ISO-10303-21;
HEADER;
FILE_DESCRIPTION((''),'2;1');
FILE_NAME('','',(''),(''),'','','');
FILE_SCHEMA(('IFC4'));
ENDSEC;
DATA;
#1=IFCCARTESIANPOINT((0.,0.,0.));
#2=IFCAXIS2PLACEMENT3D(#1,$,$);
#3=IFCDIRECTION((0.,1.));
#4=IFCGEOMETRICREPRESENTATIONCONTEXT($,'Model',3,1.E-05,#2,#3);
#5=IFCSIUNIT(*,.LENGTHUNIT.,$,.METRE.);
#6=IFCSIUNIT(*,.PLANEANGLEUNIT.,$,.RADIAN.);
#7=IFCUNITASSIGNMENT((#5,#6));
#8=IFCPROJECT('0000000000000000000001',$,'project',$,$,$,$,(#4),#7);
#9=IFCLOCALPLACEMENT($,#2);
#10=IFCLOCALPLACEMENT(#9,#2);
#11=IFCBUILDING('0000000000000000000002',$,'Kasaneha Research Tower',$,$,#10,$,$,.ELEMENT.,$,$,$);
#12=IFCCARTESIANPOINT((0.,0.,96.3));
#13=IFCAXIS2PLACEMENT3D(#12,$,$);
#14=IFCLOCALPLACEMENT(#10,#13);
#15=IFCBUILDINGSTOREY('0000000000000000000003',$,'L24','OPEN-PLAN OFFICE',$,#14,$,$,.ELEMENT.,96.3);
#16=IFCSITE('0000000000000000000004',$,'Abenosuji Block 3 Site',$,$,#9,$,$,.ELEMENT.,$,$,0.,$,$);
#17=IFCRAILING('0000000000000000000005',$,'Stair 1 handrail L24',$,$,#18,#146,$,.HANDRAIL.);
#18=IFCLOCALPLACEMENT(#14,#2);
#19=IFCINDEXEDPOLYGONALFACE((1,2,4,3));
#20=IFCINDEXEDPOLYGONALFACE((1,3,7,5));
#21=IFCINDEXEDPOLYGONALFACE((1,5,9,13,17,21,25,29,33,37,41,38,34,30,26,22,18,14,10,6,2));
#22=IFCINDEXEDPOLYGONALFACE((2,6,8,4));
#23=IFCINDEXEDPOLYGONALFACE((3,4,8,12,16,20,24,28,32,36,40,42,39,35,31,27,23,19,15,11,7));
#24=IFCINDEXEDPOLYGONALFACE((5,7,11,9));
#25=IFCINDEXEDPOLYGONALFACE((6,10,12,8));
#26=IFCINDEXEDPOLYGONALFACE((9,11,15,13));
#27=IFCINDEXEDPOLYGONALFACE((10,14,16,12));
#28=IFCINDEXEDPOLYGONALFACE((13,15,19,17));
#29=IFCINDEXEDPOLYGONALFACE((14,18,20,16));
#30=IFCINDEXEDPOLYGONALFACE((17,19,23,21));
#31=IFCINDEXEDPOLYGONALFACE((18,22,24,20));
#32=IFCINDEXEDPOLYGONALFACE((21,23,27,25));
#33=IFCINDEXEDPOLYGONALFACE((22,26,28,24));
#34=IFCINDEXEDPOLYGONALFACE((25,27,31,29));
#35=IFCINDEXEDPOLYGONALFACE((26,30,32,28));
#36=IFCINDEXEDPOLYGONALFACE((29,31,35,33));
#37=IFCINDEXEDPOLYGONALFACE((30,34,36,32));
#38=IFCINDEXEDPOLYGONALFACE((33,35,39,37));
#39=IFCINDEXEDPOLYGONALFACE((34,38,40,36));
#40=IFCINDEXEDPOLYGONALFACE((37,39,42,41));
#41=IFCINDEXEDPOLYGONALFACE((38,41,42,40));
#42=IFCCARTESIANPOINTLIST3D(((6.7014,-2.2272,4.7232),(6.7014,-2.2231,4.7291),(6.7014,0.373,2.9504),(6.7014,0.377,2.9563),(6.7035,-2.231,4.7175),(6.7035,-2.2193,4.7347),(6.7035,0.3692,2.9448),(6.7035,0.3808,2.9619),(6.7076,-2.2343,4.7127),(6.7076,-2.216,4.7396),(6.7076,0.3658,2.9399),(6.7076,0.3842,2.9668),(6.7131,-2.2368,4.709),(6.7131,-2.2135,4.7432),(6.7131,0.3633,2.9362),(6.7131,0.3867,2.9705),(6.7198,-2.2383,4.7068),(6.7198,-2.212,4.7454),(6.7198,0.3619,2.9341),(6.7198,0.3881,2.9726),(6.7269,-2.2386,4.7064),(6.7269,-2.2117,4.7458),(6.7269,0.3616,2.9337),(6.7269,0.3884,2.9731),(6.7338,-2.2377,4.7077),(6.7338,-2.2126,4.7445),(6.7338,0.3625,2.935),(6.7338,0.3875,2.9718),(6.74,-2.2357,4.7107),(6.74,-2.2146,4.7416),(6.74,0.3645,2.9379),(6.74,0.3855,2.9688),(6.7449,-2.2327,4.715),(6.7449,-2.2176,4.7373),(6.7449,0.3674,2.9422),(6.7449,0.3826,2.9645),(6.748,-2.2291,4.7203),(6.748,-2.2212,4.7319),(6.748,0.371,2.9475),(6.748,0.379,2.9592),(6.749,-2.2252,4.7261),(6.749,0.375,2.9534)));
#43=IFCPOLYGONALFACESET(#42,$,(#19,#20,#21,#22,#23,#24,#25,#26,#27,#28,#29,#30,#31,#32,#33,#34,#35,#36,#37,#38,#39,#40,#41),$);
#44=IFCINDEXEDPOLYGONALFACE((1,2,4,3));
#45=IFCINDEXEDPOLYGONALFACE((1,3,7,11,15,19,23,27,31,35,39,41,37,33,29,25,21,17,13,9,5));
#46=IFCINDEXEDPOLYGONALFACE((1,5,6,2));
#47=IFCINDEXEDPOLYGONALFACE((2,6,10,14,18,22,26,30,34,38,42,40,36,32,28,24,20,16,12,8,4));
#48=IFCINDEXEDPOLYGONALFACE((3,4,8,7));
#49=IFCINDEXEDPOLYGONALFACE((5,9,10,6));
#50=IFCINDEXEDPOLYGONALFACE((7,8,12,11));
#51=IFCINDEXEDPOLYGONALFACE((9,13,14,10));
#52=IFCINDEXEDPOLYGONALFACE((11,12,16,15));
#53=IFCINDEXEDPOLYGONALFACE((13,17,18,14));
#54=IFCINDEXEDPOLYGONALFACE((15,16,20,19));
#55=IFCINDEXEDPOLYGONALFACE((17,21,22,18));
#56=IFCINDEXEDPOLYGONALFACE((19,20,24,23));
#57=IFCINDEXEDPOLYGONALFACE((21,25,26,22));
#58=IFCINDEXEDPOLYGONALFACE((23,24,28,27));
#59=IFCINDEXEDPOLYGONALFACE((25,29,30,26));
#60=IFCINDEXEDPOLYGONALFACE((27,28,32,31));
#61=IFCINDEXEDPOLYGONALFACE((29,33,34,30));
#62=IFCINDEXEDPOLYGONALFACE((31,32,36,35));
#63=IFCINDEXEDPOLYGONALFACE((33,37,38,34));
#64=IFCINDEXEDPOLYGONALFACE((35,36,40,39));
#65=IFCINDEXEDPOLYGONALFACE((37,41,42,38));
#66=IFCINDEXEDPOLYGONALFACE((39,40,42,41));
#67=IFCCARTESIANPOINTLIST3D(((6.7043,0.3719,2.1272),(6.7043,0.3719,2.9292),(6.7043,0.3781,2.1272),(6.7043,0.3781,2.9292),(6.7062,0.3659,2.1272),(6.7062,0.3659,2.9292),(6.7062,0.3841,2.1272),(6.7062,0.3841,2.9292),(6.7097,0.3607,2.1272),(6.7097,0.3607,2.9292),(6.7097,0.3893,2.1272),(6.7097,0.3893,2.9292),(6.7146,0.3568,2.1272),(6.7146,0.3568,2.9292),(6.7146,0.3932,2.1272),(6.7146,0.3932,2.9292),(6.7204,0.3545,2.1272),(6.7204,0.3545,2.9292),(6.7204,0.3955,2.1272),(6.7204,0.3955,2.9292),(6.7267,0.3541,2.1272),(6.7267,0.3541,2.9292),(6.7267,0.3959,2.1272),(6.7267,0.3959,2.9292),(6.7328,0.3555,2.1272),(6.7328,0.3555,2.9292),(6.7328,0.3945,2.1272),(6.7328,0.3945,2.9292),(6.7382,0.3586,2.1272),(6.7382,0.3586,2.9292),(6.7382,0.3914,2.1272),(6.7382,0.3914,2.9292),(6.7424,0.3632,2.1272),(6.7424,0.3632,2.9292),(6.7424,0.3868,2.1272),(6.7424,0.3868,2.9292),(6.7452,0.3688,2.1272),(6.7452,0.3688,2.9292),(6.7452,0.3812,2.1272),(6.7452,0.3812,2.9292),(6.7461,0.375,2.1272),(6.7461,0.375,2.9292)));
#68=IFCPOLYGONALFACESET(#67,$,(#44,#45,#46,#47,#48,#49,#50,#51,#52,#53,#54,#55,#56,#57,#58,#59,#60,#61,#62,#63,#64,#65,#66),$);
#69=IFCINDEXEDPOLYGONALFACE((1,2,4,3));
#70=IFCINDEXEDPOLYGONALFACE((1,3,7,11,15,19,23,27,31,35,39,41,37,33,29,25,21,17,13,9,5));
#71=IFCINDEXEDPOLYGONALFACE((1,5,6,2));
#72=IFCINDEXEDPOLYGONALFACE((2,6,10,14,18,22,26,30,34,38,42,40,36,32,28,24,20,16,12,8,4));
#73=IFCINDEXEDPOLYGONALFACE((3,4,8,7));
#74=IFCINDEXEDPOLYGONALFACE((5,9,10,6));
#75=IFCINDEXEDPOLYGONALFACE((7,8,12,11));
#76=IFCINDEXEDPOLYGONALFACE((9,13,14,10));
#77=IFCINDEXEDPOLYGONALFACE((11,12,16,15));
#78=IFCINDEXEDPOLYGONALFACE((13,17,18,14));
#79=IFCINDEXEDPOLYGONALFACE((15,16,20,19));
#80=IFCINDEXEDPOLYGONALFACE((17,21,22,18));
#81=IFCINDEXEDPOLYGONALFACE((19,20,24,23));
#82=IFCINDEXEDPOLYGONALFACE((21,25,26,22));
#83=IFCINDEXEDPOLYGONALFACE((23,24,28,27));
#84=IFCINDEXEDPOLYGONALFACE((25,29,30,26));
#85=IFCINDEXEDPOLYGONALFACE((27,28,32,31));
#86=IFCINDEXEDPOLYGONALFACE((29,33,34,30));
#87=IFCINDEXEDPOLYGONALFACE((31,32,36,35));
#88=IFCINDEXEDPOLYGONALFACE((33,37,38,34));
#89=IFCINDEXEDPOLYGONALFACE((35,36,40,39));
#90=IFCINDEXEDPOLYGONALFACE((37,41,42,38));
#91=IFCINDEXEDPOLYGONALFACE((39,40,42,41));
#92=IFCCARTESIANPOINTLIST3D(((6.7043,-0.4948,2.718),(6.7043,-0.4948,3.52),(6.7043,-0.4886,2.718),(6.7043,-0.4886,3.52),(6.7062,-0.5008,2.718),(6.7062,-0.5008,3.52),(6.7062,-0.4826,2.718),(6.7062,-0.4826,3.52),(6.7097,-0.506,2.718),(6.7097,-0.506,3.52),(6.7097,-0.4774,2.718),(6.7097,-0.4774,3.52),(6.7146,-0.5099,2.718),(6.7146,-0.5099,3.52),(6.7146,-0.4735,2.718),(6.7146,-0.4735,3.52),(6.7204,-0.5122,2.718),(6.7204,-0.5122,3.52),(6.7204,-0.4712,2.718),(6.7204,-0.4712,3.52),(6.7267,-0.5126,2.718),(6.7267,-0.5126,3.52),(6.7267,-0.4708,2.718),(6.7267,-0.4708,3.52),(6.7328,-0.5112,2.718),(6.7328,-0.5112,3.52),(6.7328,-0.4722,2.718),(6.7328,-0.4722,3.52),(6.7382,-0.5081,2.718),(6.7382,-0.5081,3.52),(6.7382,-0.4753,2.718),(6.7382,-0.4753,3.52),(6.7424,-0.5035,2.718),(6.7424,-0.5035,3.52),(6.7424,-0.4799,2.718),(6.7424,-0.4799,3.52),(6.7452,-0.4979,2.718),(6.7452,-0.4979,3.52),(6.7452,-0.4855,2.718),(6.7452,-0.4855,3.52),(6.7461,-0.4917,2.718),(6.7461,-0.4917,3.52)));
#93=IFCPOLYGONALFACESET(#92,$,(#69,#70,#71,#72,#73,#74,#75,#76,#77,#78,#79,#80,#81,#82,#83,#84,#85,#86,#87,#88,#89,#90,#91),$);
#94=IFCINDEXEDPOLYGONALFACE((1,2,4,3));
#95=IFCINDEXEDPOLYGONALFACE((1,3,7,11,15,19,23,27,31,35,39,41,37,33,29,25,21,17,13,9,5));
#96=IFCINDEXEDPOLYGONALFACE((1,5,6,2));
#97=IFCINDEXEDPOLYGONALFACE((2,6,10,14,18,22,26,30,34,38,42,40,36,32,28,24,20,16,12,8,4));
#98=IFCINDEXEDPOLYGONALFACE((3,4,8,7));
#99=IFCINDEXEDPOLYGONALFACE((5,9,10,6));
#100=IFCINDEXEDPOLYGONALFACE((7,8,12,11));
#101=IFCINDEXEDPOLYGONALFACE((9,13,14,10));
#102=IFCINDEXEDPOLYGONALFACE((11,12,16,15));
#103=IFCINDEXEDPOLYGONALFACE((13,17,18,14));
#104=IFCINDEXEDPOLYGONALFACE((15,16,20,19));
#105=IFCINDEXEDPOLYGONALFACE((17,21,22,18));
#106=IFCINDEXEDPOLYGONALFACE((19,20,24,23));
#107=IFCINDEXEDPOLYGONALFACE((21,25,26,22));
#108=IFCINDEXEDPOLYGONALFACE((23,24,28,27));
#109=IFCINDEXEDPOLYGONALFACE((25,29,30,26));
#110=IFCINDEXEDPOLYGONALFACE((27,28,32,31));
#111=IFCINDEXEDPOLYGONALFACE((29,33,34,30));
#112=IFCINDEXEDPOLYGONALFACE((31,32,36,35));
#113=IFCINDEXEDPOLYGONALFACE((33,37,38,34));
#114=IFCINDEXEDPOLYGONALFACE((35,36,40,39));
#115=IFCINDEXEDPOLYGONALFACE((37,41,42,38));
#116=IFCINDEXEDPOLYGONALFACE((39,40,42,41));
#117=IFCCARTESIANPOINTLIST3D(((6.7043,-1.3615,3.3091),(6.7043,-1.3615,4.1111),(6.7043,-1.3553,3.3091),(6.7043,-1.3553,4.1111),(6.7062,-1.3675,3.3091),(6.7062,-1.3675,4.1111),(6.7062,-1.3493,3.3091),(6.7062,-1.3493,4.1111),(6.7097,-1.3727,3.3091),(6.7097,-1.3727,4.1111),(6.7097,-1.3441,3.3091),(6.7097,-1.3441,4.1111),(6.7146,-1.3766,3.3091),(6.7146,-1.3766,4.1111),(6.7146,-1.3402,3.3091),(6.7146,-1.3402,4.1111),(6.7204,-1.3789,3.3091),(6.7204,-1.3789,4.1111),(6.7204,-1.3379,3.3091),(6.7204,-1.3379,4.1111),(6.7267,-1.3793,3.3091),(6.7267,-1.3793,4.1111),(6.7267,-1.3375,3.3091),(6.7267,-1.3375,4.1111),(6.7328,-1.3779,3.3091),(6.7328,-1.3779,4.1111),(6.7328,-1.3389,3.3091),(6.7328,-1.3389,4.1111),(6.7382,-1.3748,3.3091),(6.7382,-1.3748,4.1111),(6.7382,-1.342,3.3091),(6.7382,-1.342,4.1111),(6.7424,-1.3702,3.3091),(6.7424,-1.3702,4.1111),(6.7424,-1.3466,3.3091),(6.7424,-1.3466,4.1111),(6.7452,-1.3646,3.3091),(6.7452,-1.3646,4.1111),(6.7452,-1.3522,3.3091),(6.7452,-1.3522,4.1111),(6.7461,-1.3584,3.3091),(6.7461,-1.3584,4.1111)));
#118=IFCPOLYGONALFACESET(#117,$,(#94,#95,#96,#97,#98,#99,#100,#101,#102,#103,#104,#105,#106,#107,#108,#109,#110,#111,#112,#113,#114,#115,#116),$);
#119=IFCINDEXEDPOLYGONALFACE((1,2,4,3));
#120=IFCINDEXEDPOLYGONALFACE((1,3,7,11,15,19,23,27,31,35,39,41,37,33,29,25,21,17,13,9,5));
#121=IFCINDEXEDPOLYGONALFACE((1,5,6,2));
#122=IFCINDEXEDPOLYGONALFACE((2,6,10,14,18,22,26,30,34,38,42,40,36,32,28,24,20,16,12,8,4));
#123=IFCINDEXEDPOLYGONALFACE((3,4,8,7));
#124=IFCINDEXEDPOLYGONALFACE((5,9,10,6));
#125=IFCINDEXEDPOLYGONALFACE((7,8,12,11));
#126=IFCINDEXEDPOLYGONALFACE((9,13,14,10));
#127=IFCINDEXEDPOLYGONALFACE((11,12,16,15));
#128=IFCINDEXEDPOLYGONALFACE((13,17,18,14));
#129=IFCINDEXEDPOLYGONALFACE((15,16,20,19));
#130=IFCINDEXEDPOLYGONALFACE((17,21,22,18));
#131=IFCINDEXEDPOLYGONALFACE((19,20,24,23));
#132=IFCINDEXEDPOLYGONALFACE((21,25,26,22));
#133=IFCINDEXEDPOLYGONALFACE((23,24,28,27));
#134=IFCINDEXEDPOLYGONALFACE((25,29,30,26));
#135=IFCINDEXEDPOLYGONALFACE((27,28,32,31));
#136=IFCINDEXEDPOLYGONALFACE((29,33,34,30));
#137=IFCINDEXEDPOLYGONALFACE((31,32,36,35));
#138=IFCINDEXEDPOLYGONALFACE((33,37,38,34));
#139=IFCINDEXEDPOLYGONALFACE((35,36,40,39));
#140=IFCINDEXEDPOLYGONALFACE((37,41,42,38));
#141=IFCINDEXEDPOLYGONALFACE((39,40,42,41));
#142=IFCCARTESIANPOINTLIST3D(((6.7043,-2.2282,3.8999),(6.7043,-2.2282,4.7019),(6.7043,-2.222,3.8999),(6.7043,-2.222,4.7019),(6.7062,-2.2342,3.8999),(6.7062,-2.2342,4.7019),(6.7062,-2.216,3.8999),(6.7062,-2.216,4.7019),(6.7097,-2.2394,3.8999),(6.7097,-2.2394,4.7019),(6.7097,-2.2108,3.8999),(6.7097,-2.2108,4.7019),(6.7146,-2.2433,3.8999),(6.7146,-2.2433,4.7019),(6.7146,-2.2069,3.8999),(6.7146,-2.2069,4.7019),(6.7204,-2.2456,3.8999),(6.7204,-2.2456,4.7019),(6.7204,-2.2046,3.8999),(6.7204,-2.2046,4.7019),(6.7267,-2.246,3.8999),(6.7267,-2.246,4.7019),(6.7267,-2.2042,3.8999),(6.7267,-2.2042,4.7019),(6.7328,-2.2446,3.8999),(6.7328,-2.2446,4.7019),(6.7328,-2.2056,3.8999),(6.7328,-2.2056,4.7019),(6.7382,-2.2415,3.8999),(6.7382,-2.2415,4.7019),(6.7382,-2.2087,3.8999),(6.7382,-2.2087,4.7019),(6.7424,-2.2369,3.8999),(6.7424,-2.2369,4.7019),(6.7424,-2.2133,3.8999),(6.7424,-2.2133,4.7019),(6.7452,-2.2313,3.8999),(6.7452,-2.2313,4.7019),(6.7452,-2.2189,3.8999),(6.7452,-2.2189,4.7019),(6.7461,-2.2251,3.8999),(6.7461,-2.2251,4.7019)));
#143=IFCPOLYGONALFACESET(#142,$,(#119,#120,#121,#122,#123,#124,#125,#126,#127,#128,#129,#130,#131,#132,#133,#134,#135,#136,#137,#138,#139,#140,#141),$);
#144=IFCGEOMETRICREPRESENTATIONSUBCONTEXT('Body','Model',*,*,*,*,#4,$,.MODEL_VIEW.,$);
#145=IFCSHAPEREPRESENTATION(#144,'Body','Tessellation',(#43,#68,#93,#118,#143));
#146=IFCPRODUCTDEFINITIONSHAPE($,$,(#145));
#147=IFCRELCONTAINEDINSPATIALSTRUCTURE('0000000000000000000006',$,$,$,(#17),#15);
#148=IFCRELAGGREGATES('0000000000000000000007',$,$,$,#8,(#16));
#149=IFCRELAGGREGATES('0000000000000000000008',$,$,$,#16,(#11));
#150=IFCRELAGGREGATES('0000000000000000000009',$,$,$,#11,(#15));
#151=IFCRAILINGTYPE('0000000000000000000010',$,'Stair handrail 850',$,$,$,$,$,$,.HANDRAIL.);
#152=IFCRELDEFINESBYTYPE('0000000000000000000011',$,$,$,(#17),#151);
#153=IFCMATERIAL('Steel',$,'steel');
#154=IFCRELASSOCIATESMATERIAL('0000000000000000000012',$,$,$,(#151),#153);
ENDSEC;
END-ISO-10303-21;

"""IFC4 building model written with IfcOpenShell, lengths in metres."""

from ifc_helpers import new_model, si_unit, direction, frame, origin, origin_2d, place, context, subcontext, project, spatial, circle, extrude, material, type_object, element, save


model = new_model("IFC4")

# Units and contexts
model_context = context("Model", 3, precision=1e-05, world=origin(), true_north=direction((0.0, 1.0)))
body_context = subcontext(model_context, "Body", "Model", "MODEL_VIEW")
ifc_project = project(units=[si_unit("LENGTHUNIT", "METRE"), si_unit("PLANEANGLEUNIT", "RADIAN")], contexts=[model_context])

# Site, building, storey
site_placement = place(None, origin())
site = spatial("IfcSite", under=ifc_project, at=site_placement, Name="Abenosuji Block 3 Site", CompositionType="ELEMENT", RefElevation=0.0)
building_placement = place(site_placement, origin())
building = spatial("IfcBuilding", under=site, at=building_placement, Name="Kasaneha Research Tower", CompositionType="ELEMENT")
storey_placement = place(building_placement, frame((0.0, 0.0, 96.3)))
storey = spatial("IfcBuildingStorey", under=building, at=storey_placement, Name="L24", Description="OPEN-PLAN OFFICE", CompositionType="ELEMENT", Elevation=96.3)

# Railing
ifc_material_1 = material(Name="Steel", Category="steel")
railing_type_1 = type_object("IfcRailingType", Name="Stair handrail 850", PredefinedType="HANDRAIL", material=ifc_material_1)
railing_1_placement = place(storey_placement, frame((6.7251, 0.375, 2.1272)))
element("IfcRailing", 1, at=railing_1_placement, inside=storey, type_object=railing_type_1, Name="Stair 1 handrail L24", PredefinedType="HANDRAIL", context=body_context, shape_type="SweptSolid", body=[
    extrude(circle(Radius=0.0239, at=origin_2d()), frame((0.0, 0.0, 0.8262), z_axis=(0.0, -0.82624, 0.563318), x_axis=(1.0, 0.0, 0.0)), (0.0, 0.0, 1.0), 3.147),
    extrude(circle(Radius=0.021, at=origin_2d()), origin(), (0.0, 0.0, 1.0), 0.802),
    extrude(circle(Radius=0.021, at=origin_2d()), frame((0.0, -0.8667, 0.5908)), (0.0, 0.0, 1.0), 0.802),
    extrude(circle(Radius=0.021, at=origin_2d()), frame((0.0, -1.7334, 1.1819)), (0.0, 0.0, 1.0), 0.802),
    extrude(circle(Radius=0.021, at=origin_2d()), frame((0.0, -2.6001, 1.7727)), (0.0, 0.0, 1.0), 0.802),
])

save(model, "model.ifc")
